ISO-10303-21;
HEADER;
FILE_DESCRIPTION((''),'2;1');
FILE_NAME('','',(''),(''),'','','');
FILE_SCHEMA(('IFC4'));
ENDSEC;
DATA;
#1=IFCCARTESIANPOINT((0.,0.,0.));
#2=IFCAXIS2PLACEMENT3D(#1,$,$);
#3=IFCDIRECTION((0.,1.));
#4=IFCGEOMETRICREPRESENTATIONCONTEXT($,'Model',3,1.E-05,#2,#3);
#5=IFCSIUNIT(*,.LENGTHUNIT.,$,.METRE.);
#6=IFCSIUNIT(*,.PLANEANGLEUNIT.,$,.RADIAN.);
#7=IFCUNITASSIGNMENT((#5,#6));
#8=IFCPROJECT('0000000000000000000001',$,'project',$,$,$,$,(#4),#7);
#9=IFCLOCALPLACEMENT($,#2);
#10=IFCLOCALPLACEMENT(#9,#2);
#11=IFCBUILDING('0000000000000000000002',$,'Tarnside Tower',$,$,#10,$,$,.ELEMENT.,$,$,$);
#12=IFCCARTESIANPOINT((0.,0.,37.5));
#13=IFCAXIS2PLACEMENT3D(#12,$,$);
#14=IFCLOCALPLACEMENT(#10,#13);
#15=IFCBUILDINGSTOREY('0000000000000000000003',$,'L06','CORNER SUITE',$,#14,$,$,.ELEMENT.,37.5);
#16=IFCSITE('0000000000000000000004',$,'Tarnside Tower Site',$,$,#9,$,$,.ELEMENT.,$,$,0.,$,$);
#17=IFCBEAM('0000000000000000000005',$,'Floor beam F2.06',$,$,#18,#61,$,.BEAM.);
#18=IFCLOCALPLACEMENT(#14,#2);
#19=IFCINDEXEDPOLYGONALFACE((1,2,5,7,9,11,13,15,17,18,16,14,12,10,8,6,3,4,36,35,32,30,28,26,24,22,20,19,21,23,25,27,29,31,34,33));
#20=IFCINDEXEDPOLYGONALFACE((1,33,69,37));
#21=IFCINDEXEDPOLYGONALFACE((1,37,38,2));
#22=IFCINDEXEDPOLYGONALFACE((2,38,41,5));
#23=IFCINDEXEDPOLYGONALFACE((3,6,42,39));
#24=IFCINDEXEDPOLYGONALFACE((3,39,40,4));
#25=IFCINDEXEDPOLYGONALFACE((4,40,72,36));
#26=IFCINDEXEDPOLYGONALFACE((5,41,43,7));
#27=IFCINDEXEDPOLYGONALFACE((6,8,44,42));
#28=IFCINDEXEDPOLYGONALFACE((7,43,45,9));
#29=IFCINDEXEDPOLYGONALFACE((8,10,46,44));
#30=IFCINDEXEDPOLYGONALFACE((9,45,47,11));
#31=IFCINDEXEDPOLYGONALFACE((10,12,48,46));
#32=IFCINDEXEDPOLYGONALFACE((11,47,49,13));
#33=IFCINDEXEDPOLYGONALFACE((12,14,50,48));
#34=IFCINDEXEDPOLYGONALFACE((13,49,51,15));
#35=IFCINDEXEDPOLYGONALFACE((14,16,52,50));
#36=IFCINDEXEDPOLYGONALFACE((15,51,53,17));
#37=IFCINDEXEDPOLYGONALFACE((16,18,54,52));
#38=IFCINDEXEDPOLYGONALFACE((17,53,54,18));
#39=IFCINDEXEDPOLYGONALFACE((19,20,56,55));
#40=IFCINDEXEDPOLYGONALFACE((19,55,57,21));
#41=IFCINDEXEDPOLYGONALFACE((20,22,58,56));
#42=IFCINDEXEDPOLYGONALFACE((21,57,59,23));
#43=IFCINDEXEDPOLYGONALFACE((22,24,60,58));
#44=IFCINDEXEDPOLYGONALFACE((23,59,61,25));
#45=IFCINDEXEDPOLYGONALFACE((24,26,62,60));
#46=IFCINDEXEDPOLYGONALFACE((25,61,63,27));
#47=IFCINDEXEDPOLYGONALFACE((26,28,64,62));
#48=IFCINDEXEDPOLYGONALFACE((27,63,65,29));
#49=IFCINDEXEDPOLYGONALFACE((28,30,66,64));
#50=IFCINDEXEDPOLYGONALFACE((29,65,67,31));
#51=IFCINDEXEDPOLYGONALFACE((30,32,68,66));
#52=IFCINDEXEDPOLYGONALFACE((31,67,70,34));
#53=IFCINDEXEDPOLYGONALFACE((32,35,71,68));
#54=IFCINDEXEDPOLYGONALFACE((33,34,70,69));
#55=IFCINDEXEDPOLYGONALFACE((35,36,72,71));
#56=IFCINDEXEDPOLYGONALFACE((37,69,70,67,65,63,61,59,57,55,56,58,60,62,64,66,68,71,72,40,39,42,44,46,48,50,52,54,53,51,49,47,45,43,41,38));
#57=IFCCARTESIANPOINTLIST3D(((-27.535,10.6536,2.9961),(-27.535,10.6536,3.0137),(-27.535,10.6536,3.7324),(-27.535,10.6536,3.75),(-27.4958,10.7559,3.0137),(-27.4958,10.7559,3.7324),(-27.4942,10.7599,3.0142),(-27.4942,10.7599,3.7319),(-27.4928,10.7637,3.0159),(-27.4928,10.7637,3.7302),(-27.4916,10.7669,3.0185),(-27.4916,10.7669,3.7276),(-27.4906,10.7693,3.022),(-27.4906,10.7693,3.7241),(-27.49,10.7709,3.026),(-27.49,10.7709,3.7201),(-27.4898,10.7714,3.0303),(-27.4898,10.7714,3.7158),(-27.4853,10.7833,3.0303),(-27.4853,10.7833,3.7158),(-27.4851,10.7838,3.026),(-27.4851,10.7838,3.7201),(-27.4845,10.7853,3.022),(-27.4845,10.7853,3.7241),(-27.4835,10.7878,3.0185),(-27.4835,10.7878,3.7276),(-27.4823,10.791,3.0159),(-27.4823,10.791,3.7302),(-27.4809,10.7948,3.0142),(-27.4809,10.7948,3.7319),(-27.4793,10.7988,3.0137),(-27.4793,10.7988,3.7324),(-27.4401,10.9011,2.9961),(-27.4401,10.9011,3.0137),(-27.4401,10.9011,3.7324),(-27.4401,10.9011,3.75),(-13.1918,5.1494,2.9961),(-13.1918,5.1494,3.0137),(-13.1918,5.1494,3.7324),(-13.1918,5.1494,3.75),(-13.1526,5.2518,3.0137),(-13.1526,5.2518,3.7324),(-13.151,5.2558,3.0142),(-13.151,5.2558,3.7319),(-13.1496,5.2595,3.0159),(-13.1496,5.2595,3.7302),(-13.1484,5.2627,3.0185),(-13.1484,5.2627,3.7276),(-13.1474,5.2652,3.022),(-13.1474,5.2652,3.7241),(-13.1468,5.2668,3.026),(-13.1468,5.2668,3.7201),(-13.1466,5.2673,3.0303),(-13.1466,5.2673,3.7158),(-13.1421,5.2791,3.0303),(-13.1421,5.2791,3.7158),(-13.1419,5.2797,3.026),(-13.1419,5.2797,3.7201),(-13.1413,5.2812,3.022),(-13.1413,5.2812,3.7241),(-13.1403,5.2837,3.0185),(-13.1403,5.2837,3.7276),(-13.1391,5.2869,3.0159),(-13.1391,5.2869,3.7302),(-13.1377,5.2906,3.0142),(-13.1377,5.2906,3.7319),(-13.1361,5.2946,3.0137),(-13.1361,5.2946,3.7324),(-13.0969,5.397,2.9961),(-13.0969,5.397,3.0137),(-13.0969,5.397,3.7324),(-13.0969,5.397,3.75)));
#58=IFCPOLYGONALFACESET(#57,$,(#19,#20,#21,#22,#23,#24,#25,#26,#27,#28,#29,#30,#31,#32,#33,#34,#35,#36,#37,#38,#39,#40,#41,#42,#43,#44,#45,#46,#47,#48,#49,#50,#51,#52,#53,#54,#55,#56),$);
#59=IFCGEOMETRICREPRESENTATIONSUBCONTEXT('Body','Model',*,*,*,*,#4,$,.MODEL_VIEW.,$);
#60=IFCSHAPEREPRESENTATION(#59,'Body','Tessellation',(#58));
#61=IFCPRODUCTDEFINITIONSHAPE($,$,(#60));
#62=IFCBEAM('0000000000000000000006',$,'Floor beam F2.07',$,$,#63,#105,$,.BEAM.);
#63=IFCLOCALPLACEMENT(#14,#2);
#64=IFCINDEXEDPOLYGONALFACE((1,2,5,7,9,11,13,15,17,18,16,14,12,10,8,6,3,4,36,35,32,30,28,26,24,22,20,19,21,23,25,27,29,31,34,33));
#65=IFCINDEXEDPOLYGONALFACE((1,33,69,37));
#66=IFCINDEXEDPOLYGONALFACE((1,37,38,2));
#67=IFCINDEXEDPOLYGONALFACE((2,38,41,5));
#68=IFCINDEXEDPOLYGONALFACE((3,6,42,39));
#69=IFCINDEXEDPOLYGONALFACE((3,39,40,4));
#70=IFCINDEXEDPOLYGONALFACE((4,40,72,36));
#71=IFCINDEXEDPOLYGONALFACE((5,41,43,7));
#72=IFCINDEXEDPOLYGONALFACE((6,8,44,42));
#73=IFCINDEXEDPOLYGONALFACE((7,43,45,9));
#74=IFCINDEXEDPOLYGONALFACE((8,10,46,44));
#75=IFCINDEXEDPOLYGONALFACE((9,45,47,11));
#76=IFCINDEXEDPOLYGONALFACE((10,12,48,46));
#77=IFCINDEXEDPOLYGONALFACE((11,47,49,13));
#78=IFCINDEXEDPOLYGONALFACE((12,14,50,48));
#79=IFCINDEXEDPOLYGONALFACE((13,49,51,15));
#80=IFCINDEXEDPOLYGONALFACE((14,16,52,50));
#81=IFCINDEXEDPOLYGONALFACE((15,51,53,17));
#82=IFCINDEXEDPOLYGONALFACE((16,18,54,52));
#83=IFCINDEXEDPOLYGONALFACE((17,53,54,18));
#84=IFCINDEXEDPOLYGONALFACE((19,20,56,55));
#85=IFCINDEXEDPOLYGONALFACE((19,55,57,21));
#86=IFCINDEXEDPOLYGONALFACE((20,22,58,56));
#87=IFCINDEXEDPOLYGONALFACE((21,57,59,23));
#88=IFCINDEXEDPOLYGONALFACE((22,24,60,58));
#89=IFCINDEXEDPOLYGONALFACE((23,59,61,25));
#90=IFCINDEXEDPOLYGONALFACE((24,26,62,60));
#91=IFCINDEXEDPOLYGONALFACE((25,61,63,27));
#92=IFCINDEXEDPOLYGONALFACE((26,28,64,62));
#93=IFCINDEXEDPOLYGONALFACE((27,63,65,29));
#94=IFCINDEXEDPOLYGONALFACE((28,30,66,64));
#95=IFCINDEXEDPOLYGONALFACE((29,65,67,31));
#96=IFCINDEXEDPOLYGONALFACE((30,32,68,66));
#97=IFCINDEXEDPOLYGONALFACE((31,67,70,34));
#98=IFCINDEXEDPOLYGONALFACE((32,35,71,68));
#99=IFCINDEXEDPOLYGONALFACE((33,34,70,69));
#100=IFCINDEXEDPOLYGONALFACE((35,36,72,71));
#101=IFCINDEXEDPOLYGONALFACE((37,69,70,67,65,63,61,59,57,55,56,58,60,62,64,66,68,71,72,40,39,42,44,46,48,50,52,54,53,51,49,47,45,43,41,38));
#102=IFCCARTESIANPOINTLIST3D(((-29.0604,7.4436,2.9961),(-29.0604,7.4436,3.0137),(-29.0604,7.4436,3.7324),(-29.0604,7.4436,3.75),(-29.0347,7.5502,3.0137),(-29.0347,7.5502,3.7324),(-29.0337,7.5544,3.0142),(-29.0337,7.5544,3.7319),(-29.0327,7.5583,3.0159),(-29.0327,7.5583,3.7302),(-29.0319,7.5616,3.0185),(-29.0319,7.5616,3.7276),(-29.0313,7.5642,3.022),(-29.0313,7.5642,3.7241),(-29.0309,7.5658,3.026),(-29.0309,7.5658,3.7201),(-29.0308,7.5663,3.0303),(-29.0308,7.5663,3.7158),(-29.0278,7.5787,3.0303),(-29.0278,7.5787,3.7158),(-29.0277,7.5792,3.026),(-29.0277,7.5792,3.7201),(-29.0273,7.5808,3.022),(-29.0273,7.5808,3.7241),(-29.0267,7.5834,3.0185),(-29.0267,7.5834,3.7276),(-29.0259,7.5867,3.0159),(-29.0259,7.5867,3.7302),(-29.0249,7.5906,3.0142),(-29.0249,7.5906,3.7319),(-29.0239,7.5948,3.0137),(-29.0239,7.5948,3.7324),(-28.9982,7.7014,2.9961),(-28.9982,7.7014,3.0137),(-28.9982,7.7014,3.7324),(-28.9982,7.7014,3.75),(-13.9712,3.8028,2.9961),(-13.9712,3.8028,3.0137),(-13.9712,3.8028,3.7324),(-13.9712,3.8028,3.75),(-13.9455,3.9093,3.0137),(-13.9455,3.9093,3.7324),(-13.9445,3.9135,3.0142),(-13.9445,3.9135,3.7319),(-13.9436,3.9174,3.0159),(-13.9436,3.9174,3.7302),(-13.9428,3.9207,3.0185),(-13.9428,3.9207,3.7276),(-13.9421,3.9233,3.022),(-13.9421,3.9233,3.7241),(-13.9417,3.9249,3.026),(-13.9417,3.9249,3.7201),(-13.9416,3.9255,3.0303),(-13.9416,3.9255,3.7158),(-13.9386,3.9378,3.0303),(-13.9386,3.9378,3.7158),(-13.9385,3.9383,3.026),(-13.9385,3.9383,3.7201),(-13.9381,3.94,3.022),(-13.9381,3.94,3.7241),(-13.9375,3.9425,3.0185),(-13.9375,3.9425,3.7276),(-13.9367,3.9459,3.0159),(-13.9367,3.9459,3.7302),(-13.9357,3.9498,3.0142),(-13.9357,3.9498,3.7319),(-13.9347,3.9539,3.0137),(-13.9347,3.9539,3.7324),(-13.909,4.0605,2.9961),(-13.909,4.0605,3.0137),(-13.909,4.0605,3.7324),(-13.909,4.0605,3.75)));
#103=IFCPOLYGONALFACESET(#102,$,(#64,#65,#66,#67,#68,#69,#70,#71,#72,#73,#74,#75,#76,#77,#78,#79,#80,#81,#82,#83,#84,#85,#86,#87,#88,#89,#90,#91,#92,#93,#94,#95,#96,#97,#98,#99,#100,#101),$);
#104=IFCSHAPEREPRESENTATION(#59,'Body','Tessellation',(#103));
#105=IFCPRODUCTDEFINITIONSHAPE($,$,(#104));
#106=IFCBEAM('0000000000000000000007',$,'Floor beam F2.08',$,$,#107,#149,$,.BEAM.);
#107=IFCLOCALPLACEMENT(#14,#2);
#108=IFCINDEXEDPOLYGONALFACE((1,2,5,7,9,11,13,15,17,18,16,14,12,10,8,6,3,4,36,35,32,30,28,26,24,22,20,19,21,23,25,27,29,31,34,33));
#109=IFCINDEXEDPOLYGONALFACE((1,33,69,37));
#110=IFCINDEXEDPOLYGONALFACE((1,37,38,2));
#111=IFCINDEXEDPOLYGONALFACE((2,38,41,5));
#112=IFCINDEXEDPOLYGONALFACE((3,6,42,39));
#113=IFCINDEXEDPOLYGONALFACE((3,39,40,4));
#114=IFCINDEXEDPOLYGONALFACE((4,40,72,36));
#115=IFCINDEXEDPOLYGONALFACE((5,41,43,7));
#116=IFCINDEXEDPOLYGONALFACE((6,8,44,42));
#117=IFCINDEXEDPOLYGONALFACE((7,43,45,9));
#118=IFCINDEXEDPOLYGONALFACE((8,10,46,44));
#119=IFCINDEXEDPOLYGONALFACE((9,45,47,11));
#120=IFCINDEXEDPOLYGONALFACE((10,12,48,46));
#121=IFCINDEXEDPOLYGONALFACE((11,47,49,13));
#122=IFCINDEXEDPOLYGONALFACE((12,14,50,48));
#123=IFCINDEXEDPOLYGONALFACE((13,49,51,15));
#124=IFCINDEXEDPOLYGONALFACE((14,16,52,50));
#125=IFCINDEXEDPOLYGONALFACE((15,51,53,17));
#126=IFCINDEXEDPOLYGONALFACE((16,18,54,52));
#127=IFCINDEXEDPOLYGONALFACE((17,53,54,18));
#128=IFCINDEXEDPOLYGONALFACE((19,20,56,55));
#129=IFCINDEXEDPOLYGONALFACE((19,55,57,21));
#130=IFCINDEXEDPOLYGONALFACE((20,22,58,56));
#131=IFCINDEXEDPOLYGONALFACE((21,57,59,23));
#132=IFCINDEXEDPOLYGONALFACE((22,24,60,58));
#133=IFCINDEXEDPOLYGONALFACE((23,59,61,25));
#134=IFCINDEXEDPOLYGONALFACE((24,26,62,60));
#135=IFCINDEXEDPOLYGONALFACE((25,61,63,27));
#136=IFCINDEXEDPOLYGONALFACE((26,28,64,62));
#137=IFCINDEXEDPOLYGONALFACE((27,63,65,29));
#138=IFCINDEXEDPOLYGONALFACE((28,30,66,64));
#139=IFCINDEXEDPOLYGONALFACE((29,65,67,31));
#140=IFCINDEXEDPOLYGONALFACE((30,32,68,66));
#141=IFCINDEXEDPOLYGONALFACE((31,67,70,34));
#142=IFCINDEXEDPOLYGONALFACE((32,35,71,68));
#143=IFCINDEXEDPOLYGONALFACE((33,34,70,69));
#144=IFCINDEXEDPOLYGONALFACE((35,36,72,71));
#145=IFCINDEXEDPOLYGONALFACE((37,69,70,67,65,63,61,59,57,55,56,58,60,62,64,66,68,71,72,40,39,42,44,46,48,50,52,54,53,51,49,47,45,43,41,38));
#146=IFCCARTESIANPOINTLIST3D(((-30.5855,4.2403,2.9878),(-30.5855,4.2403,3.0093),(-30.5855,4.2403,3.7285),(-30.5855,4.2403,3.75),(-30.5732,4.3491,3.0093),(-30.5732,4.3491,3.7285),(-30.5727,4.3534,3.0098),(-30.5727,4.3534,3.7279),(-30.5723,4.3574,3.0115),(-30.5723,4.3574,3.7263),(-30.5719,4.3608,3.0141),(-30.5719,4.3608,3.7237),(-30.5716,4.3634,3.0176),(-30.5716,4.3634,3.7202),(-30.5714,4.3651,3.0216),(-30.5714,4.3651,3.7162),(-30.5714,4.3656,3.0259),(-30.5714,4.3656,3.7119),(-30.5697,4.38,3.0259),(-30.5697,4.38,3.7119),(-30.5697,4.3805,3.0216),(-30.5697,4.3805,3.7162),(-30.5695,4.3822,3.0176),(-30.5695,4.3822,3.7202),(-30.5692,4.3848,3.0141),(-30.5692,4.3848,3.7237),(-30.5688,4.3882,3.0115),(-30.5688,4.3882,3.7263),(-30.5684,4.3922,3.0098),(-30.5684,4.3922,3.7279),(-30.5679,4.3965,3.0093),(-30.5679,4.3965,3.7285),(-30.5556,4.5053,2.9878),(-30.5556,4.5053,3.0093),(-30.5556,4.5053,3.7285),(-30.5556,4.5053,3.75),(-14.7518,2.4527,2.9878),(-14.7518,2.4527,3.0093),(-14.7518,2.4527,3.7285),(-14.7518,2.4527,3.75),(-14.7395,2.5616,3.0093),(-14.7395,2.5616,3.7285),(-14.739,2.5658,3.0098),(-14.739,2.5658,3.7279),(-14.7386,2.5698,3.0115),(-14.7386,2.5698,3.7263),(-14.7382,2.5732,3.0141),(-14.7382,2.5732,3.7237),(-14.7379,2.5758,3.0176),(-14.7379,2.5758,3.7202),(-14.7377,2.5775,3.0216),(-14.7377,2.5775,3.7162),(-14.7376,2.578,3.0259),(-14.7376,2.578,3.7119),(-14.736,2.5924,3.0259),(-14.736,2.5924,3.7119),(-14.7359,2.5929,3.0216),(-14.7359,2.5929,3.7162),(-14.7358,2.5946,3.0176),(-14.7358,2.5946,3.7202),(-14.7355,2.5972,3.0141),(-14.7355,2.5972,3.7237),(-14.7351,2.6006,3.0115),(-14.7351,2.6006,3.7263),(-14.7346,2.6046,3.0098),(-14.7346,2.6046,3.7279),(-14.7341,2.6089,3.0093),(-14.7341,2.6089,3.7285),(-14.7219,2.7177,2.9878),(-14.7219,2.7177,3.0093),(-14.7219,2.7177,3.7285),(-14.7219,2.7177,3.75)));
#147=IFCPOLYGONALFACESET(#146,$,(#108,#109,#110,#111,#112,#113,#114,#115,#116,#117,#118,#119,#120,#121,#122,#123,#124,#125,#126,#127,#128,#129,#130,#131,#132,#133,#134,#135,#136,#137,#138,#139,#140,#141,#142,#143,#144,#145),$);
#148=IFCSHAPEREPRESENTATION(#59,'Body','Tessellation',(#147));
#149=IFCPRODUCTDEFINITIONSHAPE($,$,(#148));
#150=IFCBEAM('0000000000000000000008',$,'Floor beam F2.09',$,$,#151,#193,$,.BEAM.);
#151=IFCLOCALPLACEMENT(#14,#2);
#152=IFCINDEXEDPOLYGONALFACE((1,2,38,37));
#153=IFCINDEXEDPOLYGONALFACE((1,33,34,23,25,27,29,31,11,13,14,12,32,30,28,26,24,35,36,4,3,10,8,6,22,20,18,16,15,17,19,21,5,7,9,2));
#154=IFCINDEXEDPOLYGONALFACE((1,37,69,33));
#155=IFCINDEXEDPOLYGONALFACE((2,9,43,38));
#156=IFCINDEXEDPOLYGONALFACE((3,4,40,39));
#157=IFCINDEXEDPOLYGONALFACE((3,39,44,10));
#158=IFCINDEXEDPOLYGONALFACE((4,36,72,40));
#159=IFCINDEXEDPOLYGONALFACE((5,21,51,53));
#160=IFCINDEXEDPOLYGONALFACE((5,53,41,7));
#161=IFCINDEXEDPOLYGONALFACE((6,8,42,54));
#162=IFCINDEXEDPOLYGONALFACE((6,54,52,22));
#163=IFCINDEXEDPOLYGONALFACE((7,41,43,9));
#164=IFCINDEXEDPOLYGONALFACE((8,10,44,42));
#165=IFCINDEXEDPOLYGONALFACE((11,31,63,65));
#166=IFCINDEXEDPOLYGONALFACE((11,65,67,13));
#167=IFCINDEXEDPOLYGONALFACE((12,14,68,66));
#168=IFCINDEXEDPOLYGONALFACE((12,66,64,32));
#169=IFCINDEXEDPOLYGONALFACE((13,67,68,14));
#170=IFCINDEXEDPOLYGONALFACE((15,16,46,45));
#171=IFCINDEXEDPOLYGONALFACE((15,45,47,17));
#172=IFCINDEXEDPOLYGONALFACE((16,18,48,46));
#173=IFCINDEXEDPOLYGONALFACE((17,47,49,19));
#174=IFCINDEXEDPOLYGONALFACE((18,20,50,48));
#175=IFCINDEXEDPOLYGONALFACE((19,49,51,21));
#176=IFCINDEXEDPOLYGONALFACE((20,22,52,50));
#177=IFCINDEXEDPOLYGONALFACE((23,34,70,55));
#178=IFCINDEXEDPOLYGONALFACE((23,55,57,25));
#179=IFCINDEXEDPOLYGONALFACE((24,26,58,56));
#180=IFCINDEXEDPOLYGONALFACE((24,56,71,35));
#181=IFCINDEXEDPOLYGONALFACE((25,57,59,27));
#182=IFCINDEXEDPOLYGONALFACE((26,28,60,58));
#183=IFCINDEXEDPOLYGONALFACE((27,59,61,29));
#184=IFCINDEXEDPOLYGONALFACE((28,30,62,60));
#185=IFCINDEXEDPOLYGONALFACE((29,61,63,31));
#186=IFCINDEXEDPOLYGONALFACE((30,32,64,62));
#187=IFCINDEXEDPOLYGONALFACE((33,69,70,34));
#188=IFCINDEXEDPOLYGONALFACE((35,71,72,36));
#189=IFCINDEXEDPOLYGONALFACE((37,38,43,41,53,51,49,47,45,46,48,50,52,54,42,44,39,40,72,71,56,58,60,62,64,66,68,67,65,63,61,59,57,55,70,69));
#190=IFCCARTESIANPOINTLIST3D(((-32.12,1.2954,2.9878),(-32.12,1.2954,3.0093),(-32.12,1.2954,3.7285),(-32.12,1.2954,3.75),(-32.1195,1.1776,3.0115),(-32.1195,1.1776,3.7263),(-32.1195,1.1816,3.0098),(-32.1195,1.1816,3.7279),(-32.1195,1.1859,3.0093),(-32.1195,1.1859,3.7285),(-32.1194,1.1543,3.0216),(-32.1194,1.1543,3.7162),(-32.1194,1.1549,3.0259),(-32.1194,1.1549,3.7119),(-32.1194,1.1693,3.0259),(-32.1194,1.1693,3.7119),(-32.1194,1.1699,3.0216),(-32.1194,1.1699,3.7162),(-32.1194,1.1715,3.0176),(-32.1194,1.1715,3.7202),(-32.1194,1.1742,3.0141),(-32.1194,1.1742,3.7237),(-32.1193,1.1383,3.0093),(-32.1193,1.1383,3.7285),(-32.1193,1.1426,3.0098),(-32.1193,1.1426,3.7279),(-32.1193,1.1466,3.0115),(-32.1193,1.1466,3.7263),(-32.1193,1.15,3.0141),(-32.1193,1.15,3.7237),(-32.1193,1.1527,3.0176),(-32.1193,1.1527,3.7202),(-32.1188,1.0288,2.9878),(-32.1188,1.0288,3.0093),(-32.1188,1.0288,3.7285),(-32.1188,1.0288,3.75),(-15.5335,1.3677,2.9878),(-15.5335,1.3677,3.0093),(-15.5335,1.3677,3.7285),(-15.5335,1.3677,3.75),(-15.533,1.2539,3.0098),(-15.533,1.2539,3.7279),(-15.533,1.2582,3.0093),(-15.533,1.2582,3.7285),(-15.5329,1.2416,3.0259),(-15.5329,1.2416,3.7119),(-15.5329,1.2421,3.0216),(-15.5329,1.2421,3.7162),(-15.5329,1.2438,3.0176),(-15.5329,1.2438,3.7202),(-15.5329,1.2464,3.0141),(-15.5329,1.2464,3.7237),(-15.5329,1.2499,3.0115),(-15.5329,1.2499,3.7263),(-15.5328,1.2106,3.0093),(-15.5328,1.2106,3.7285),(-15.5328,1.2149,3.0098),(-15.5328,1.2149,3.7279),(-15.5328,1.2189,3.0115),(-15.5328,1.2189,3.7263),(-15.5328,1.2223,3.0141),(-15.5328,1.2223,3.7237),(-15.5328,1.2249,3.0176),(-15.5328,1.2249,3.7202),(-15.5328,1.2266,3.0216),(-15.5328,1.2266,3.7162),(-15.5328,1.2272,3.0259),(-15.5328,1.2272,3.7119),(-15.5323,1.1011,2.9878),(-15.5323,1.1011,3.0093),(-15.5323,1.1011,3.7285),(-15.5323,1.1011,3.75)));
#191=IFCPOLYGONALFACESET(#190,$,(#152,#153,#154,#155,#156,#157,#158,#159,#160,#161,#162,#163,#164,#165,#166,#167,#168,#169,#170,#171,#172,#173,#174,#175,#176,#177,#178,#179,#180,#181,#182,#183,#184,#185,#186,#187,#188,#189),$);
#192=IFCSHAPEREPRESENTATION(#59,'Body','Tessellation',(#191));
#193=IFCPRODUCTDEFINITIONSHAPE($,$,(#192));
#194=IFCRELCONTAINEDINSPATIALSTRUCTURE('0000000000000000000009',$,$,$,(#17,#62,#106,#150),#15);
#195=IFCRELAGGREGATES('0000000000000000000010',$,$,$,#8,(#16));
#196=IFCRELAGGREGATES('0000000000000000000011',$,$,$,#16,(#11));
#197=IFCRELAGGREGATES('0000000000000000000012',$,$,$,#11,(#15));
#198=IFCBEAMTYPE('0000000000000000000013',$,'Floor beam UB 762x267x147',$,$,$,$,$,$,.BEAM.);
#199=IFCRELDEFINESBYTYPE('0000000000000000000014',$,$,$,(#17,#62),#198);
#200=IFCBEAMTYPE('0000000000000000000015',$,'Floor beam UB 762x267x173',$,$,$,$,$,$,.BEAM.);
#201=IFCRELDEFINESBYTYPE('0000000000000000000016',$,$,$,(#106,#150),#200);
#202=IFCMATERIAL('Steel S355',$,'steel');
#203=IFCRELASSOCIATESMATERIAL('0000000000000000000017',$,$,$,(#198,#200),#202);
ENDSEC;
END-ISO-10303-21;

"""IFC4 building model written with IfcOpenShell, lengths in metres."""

from ifc_helpers import new_model, si_unit, direction, frame, origin, origin_2d, place, context, subcontext, project, spatial, i_section, extrude, material, material_profile, profile_set, type_object, element, save


model = new_model("IFC4")

# Units and contexts
model_context = context("Model", 3, precision=1e-05, world=origin(), true_north=direction((0.0, 1.0)))
body_context = subcontext(model_context, "Body", "Model", "MODEL_VIEW")
ifc_project = project(units=[si_unit("LENGTHUNIT", "METRE"), si_unit("PLANEANGLEUNIT", "RADIAN")], contexts=[model_context])

# Site, building, storey
site_placement = place(None, origin())
site = spatial("IfcSite", under=ifc_project, at=site_placement, Name="Tarnside Tower Site", CompositionType="ELEMENT", RefElevation=0.0)
building_placement = place(site_placement, origin())
building = spatial("IfcBuilding", under=site, at=building_placement, Name="Tarnside Tower", CompositionType="ELEMENT")
storey_placement = place(building_placement, frame((0.0, 0.0, 37.5)))
storey = spatial("IfcBuildingStorey", under=building, at=storey_placement, Name="L06", Description="CORNER SUITE", CompositionType="ELEMENT", Elevation=37.5)

# Beams
ifc_material_1 = material(Name="Steel S355", Category="steel")
ifc_material_profile_1 = material_profile(ifc_material_1, i_section(OverallWidth=0.2651, OverallDepth=0.7539, WebThickness=0.0127, FlangeThickness=0.0176, FilletRadius=0.0166, at=origin_2d()), Name="UB 762x267x147")
ifc_profile_set_1 = profile_set([ifc_material_profile_1], Name="Steel S355")
beam_type_1 = type_object("IfcBeamType", Name="Floor beam UB 762x267x147", PredefinedType="BEAM", material=ifc_profile_set_1)
beam_1_placement = place(storey_placement, frame((-27.4875, 10.7773, 3.373), z_axis=(0.933618, -0.358271, 0.0), x_axis=(0.358271, 0.933618, 0.0)))
element("IfcBeam", 1, at=beam_1_placement, inside=storey, type_object=beam_type_1, Name="Floor beam F2.06", PredefinedType="BEAM", context=body_context, shape_type="SweptSolid", body=[
    extrude(i_section(OverallWidth=0.2651, OverallDepth=0.7539, WebThickness=0.0127, FlangeThickness=0.0176, FilletRadius=0.0166, at=origin_2d()), origin(), (0.0, 0.0, 1.0), 15.363),
])
beam_2_placement = place(storey_placement, frame((-29.0293, 7.5725, 3.373), z_axis=(0.972102, -0.23456, 0.0), x_axis=(0.23456, 0.972102, 0.0)))
element("IfcBeam", 2, at=beam_2_placement, inside=storey, type_object=beam_type_1, Name="Floor beam F2.07", PredefinedType="BEAM", context=body_context, shape_type="SweptSolid", body=[
    extrude(i_section(OverallWidth=0.2651, OverallDepth=0.7539, WebThickness=0.0127, FlangeThickness=0.0176, FilletRadius=0.0166, at=origin_2d()), origin(), (0.0, 0.0, 1.0), 15.5222),
])
ifc_material_profile_2 = material_profile(ifc_material_1, i_section(OverallWidth=0.2666, OverallDepth=0.7622, WebThickness=0.0144, FlangeThickness=0.0215, FilletRadius=0.0166, at=origin_2d()), Name="UB 762x267x173")
ifc_profile_set_2 = profile_set([ifc_material_profile_2], Name="Steel S355")
beam_type_2 = type_object("IfcBeamType", Name="Floor beam UB 762x267x173", PredefinedType="BEAM", material=ifc_profile_set_2)
beam_3_placement = place(storey_placement, frame((-30.5706, 4.3728, 3.3689), z_axis=(0.993687, -0.112185, 0.0), x_axis=(0.112185, 0.993687, 0.0)))
element("IfcBeam", 3, at=beam_3_placement, inside=storey, type_object=beam_type_2, Name="Floor beam F2.08", PredefinedType="BEAM", context=body_context, shape_type="SweptSolid", body=[
    extrude(i_section(OverallWidth=0.2666, OverallDepth=0.7622, WebThickness=0.0144, FlangeThickness=0.0215, FilletRadius=0.0166, at=origin_2d()), origin(), (0.0, 0.0, 1.0), 15.9343),
])
beam_4_placement = place(storey_placement, frame((-32.1194, 1.1621, 3.3689), z_axis=(0.999991, 0.004357, 0.0), x_axis=(-0.004357, 0.999991, 0.0)))
element("IfcBeam", 4, at=beam_4_placement, inside=storey, type_object=beam_type_2, Name="Floor beam F2.09", PredefinedType="BEAM", context=body_context, shape_type="SweptSolid", body=[
    extrude(i_section(OverallWidth=0.2666, OverallDepth=0.7622, WebThickness=0.0144, FlangeThickness=0.0215, FilletRadius=0.0166, at=origin_2d()), origin(), (0.0, 0.0, 1.0), 16.5867),
])

save(model, "model.ifc")
